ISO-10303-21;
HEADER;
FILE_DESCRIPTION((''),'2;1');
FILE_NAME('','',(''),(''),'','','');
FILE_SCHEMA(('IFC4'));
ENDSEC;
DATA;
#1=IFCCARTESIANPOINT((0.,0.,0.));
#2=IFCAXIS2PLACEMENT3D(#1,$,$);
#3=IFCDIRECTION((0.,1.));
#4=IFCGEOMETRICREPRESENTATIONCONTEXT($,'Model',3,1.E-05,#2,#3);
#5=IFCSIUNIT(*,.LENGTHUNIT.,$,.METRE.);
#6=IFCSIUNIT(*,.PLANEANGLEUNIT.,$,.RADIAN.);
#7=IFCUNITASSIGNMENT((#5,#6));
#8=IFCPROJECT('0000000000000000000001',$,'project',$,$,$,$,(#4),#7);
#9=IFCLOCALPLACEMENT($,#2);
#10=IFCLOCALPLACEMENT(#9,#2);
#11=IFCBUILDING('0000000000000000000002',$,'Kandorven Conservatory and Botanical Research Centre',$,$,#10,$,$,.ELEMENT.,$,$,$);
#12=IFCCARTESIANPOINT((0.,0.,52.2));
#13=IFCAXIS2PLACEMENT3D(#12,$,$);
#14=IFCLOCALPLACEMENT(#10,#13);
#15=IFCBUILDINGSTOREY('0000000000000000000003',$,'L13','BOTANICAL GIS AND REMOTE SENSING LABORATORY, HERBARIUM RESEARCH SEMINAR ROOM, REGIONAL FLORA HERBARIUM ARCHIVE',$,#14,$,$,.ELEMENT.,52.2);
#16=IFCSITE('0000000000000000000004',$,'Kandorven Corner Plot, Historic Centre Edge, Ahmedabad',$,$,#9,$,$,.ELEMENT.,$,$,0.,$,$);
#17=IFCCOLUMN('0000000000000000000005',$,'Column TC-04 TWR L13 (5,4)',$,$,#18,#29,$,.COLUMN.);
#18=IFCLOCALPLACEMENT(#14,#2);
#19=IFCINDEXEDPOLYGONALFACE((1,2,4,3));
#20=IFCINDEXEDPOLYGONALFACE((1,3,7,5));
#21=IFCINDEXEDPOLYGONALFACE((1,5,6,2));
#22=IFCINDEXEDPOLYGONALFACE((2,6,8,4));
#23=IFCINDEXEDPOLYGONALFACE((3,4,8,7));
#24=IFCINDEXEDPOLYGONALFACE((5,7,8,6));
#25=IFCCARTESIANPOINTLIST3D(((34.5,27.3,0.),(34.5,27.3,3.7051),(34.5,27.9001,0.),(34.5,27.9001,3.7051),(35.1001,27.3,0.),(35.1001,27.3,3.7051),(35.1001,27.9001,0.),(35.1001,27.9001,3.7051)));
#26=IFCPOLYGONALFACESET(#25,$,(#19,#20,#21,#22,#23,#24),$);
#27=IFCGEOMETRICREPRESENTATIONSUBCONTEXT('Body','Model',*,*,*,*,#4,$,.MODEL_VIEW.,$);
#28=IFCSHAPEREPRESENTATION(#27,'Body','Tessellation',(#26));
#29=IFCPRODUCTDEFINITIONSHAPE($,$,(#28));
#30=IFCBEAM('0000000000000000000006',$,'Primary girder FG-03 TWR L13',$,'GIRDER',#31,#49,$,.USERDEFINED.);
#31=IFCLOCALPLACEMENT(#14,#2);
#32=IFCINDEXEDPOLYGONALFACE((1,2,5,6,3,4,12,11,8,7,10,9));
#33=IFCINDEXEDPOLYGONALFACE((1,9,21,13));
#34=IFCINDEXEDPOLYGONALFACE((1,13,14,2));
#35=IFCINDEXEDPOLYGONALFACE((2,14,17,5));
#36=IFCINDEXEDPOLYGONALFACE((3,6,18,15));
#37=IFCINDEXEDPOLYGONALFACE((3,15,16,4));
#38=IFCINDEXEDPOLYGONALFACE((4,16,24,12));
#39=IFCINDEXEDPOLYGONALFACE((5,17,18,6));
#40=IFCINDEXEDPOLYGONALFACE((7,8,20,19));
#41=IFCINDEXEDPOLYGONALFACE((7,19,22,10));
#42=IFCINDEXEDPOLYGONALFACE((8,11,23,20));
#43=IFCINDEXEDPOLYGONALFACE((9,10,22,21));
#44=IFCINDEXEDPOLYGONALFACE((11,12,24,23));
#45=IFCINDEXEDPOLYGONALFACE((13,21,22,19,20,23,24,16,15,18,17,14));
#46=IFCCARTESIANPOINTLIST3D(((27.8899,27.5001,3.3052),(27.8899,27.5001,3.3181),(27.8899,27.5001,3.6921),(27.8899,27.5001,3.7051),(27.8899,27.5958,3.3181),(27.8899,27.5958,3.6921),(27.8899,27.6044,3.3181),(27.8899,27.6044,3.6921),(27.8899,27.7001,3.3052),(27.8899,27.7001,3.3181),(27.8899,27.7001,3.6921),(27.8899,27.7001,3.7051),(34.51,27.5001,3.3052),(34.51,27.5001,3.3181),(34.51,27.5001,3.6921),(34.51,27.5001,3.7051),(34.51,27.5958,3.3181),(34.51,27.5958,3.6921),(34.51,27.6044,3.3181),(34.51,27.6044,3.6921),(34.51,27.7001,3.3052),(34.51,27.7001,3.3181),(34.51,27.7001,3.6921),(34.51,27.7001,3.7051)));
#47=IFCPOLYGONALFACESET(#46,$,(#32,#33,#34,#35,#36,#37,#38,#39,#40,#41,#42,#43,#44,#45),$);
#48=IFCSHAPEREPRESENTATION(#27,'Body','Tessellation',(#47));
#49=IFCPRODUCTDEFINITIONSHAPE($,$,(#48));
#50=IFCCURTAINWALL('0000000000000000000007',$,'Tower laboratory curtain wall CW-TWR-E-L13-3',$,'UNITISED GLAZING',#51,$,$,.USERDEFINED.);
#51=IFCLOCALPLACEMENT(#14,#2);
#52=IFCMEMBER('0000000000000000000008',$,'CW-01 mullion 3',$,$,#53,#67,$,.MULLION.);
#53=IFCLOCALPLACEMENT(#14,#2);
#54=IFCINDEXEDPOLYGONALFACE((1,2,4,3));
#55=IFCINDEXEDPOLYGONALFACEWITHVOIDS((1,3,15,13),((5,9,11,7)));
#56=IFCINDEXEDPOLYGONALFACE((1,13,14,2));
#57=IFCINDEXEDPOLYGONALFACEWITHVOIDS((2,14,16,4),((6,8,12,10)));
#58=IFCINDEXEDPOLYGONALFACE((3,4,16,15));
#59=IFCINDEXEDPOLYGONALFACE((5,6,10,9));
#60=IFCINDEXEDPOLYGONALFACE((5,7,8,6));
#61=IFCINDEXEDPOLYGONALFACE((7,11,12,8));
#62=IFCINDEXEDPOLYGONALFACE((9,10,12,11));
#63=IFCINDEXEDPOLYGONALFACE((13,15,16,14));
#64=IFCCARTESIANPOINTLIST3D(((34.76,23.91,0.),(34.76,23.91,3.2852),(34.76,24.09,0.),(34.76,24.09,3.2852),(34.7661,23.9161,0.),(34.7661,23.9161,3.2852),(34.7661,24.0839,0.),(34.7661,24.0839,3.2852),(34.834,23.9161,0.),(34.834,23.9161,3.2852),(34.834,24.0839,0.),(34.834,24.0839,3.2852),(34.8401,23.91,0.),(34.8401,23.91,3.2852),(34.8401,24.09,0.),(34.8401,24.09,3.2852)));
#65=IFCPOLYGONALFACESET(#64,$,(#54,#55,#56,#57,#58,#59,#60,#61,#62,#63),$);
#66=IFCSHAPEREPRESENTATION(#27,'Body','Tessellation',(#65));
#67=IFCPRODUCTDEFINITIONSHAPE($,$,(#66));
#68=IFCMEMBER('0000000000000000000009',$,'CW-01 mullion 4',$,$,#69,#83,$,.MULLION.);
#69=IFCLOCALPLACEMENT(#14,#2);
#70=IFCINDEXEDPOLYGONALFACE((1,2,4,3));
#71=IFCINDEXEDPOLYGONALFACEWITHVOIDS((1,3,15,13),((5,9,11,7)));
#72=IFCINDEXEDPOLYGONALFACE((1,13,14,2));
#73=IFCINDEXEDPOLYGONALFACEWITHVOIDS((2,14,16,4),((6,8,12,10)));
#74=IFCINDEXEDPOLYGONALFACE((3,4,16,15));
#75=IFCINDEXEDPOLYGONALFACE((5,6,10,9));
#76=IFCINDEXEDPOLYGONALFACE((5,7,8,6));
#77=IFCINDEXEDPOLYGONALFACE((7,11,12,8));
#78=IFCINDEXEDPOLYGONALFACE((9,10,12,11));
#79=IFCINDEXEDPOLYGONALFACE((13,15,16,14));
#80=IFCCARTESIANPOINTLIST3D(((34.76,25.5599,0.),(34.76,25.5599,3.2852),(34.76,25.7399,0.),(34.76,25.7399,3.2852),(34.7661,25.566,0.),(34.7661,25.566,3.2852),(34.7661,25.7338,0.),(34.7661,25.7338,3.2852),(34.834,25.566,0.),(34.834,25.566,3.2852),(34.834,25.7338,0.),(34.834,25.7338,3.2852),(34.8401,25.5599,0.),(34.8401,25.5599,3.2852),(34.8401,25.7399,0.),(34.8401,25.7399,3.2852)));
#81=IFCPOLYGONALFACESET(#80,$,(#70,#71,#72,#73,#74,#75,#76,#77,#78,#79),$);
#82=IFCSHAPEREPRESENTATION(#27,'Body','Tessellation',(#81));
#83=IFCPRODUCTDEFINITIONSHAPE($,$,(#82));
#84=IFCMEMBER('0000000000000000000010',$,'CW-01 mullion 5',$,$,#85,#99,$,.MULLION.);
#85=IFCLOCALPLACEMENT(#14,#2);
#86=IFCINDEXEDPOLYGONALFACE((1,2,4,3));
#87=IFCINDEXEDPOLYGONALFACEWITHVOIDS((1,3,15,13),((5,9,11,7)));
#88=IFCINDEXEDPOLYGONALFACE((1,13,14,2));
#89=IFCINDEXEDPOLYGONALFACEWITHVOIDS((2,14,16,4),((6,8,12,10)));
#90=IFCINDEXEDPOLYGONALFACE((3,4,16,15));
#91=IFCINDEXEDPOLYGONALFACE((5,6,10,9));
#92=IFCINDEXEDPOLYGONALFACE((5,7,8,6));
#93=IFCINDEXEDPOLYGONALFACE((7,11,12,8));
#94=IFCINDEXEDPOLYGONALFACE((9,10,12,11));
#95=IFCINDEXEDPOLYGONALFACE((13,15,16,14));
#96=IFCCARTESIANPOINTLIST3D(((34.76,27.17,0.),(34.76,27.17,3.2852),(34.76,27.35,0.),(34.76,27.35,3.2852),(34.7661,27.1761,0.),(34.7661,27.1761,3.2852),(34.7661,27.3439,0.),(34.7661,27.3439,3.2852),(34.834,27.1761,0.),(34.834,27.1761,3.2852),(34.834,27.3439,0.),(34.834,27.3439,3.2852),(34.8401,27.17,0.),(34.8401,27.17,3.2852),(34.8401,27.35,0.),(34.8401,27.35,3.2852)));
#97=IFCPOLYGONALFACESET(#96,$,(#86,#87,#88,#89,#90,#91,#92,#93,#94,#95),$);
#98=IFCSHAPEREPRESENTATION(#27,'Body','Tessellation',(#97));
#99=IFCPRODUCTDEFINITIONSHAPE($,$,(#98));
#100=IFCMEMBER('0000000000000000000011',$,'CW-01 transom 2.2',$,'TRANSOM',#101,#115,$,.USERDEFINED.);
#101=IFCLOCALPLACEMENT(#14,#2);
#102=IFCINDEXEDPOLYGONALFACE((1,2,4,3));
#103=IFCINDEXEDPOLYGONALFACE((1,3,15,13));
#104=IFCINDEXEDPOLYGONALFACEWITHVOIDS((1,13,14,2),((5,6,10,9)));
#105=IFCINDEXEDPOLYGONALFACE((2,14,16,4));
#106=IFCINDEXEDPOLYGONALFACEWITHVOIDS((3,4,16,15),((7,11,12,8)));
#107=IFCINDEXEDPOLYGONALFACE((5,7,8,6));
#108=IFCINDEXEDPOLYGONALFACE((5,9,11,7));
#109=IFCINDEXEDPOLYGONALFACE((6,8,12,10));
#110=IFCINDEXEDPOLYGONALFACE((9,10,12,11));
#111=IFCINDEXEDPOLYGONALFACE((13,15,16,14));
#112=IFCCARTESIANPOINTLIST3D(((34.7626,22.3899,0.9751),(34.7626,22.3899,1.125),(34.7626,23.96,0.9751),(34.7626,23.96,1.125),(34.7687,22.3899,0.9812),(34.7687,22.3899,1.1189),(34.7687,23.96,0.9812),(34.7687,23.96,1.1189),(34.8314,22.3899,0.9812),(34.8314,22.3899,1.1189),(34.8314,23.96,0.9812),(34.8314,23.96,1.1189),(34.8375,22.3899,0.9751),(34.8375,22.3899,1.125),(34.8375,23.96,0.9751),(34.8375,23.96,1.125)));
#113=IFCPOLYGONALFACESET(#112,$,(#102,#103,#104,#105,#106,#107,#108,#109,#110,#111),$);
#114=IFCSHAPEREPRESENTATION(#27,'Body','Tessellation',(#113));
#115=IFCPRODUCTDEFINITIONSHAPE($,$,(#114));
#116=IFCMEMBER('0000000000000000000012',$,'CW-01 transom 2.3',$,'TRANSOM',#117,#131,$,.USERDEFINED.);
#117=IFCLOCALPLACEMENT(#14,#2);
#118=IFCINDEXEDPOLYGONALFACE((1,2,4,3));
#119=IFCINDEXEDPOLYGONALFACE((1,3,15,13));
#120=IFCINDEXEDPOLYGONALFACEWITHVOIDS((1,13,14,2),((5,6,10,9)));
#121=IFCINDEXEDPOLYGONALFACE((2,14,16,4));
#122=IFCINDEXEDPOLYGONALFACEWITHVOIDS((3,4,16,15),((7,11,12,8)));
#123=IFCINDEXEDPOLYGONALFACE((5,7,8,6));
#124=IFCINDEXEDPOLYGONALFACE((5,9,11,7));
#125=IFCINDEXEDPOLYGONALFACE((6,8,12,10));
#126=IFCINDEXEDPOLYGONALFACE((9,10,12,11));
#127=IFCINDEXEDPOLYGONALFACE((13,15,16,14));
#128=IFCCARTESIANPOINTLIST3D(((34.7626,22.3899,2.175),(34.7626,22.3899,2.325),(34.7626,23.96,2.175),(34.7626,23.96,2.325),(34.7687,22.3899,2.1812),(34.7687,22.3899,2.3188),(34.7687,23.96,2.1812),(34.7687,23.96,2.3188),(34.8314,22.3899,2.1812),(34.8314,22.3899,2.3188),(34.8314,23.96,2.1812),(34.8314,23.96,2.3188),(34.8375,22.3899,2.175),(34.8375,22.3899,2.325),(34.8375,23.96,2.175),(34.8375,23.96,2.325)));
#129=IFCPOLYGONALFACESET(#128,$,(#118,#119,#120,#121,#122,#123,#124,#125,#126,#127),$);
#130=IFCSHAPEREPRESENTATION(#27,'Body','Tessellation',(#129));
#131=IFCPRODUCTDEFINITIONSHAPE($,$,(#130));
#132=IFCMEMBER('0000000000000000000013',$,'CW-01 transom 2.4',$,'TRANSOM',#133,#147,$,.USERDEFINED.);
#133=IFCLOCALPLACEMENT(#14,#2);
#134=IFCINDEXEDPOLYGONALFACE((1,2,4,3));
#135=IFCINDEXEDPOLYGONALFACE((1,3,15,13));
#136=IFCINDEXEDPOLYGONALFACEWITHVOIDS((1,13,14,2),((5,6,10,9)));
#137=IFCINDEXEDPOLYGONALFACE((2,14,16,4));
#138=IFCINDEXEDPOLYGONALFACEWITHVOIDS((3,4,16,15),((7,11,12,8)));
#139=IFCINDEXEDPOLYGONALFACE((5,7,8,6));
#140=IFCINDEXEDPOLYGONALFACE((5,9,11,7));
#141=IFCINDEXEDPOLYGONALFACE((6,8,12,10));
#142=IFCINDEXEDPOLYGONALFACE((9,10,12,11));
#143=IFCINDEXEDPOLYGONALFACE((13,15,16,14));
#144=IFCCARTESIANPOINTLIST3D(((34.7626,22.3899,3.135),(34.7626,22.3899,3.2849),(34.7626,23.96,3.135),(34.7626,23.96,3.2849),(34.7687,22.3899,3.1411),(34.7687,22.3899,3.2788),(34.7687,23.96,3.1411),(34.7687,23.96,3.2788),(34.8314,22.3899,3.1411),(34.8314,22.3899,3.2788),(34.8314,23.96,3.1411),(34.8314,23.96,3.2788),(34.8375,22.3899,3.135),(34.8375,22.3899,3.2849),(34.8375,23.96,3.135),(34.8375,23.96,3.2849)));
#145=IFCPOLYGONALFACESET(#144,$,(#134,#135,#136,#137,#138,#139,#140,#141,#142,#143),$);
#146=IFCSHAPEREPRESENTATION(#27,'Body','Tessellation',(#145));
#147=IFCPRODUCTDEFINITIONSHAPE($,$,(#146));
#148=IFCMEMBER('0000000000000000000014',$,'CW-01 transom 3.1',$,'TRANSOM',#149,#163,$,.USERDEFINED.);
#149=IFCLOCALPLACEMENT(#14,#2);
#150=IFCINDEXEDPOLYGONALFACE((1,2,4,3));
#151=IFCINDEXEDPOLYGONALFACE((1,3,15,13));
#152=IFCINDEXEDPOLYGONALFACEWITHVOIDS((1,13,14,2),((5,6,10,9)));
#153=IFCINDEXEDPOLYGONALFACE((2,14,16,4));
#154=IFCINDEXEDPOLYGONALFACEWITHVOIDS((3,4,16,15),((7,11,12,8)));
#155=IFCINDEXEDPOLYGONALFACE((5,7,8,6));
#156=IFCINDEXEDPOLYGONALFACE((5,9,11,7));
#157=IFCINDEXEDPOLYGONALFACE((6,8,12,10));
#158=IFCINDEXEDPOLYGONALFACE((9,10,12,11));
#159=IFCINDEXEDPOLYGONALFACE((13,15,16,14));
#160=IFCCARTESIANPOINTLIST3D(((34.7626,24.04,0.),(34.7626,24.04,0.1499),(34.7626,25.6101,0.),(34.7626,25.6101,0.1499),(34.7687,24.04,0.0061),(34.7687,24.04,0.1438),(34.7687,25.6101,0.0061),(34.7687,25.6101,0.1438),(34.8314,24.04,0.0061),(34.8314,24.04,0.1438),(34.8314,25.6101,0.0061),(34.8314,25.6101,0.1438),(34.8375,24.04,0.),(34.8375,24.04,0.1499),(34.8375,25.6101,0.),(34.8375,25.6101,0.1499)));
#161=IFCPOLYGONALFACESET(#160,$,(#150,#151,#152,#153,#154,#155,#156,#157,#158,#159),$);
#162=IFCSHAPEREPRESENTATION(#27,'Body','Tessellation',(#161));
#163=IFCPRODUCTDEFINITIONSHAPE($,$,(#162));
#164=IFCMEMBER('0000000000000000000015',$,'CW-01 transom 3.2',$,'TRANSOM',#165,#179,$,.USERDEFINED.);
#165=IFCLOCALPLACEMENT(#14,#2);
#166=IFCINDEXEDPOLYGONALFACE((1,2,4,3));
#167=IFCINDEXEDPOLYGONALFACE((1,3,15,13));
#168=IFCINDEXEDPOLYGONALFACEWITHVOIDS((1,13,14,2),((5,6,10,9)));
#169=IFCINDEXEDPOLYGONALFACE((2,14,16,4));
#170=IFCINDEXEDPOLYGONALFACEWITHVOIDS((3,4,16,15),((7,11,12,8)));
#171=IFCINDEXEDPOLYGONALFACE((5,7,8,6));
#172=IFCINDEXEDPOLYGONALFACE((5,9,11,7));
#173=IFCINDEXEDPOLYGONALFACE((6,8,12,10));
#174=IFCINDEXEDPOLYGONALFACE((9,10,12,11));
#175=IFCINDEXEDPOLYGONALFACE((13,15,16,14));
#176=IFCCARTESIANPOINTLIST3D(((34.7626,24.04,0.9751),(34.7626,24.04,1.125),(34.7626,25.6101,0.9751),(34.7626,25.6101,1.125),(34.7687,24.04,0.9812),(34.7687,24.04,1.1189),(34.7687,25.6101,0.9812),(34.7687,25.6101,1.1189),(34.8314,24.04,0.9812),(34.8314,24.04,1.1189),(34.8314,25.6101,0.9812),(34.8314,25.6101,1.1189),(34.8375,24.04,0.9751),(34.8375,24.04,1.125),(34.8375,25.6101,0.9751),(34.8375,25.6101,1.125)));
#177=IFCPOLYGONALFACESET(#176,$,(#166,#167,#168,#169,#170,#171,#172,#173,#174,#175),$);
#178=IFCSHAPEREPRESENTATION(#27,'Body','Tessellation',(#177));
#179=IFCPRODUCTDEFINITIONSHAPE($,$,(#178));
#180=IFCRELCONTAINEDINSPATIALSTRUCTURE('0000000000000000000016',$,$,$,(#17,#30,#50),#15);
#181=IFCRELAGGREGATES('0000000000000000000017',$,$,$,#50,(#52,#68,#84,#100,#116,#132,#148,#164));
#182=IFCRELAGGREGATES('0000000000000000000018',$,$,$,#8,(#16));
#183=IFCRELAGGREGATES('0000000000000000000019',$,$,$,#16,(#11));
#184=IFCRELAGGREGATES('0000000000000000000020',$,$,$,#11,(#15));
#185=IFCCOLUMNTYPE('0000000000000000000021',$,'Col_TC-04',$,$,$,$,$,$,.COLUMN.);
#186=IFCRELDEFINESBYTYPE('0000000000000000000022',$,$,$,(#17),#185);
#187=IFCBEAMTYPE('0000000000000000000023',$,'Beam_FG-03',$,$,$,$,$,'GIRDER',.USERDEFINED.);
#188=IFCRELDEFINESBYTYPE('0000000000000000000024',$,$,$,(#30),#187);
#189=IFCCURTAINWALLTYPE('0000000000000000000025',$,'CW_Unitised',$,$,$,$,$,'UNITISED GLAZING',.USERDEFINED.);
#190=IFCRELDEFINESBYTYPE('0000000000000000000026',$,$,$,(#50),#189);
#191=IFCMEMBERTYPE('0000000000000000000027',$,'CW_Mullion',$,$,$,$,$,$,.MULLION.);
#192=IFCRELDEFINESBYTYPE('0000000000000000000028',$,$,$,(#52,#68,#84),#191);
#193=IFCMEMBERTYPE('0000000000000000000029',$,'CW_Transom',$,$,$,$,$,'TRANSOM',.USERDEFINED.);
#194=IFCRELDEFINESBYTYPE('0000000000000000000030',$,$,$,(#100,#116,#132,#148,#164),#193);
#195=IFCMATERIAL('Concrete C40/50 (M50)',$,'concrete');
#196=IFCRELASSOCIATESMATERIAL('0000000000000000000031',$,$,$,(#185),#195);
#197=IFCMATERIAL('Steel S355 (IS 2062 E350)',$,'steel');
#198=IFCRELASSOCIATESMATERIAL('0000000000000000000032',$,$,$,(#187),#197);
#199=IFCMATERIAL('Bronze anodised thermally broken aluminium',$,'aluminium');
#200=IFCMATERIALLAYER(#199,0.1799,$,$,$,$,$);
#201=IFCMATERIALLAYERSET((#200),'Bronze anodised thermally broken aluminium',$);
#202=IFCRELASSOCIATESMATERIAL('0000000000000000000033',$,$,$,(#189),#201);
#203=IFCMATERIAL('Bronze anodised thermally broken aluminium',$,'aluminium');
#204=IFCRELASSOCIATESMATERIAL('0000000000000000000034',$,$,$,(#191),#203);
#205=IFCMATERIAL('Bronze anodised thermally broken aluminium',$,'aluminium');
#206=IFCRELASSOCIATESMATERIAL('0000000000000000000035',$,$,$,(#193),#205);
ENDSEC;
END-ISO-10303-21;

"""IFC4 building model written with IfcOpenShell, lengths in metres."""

from ifc_helpers import new_model, si_unit, direction, frame, origin, origin_2d, place, context, subcontext, project, spatial, rectangle, hollow_rectangle, i_section, extrude, material, layer, layer_set, material_profile, profile_set, type_object, element, aggregate, save


model = new_model("IFC4")

# Units and contexts
model_context = context("Model", 3, precision=1e-05, world=origin(), true_north=direction((0.0, 1.0)))
body_context = subcontext(model_context, "Body", "Model", "MODEL_VIEW")
ifc_project = project(units=[si_unit("LENGTHUNIT", "METRE"), si_unit("PLANEANGLEUNIT", "RADIAN")], contexts=[model_context])

# Site, building, storey
site_placement = place(None, origin())
site = spatial("IfcSite", under=ifc_project, at=site_placement, Name="Kandorven Corner Plot, Historic Centre Edge, Ahmedabad", CompositionType="ELEMENT", RefElevation=0.0)
building_placement = place(site_placement, origin())
building = spatial("IfcBuilding", under=site, at=building_placement, Name="Kandorven Conservatory and Botanical Research Centre", CompositionType="ELEMENT")
storey_placement = place(building_placement, frame((0.0, 0.0, 52.2)))
storey = spatial("IfcBuildingStorey", under=building, at=storey_placement, Name="L13", Description="BOTANICAL GIS AND REMOTE SENSING LABORATORY, HERBARIUM RESEARCH SEMINAR ROOM, REGIONAL FLORA HERBARIUM ARCHIVE", CompositionType="ELEMENT", Elevation=52.2)

# Column
ifc_material_1 = material(Name="Concrete C40/50 (M50)", Category="concrete")
ifc_material_profile_1 = material_profile(ifc_material_1, rectangle(XDim=0.6001, YDim=0.6001, at=origin_2d()))
ifc_profile_set_1 = profile_set([ifc_material_profile_1], Name="Concrete C40/50 (M50)")
column_type = type_object("IfcColumnType", Name="Col_TC-04", PredefinedType="COLUMN", material=ifc_profile_set_1)
column_placement = place(storey_placement, frame((34.8, 27.6001, 0.0), z_axis=(0.0, 0.0, 1.0), x_axis=(1.0, 0.0, 0.0)))
element("IfcColumn", 1, at=column_placement, inside=storey, type_object=column_type, Name="Column TC-04 TWR L13 (5,4)", PredefinedType="COLUMN", context=body_context, shape_type="SweptSolid", body=[
    extrude(rectangle(XDim=0.6001, YDim=0.6001, at=origin_2d()), origin(), (0.0, 0.0, 1.0), 3.7051),
])

# Beam
ifc_material_2 = material(Name="Steel S355 (IS 2062 E350)", Category="steel")
ifc_material_profile_2 = material_profile(ifc_material_2, i_section(OverallWidth=0.2, OverallDepth=0.3999, WebThickness=0.0085, FlangeThickness=0.0129, at=origin_2d()))
ifc_profile_set_2 = profile_set([ifc_material_profile_2], Name="Steel S355 (IS 2062 E350)")
beam_type = type_object("IfcBeamType", Name="Beam_FG-03", ElementType="GIRDER", PredefinedType="USERDEFINED", material=ifc_profile_set_2)
beam_placement = place(storey_placement, frame((27.8899, 27.6001, 3.5051), z_axis=(1.0, 0.0, 0.0), x_axis=(0.0, 1.0, 0.0)))
element("IfcBeam", 2, at=beam_placement, inside=storey, type_object=beam_type, Name="Primary girder FG-03 TWR L13", ObjectType="GIRDER", PredefinedType="USERDEFINED", context=body_context, shape_type="SweptSolid", body=[
    extrude(i_section(OverallWidth=0.2, OverallDepth=0.3999, WebThickness=0.0085, FlangeThickness=0.0129, at=origin_2d()), origin(), (0.0, 0.0, 1.0), 6.6201),
])

# Curtain wall, members
ifc_material_3 = material(Name="Bronze anodised thermally broken aluminium", Category="aluminium")
ifc_layer_1 = layer(ifc_material_3, 0.1799)
ifc_layer_set_1 = layer_set([ifc_layer_1], Name="Bronze anodised thermally broken aluminium")
curtain_wall_type = type_object("IfcCurtainWallType", Name="CW_Unitised", ElementType="UNITISED GLAZING", PredefinedType="USERDEFINED", material=ifc_layer_set_1)
curtain_wall_placement = place(storey_placement, origin())
curtain_wall = element("IfcCurtainWall", 3, at=curtain_wall_placement, inside=storey, type_object=curtain_wall_type, Name="Tower laboratory curtain wall CW-TWR-E-L13-3", ObjectType="UNITISED GLAZING", PredefinedType="USERDEFINED")
ifc_material_4 = material(Name="Bronze anodised thermally broken aluminium", Category="aluminium")
ifc_material_profile_3 = material_profile(ifc_material_4, hollow_rectangle(XDim=0.0801, YDim=0.1799, WallThickness=0.0061, at=origin_2d()))
ifc_profile_set_3 = profile_set([ifc_material_profile_3], Name="Bronze anodised thermally broken aluminium")
member_type_1 = type_object("IfcMemberType", Name="CW_Mullion", PredefinedType="MULLION", material=ifc_profile_set_3)
member_1_placement = place(storey_placement, frame((34.8, 24.0, 0.0), z_axis=(0.0, 0.0, 1.0), x_axis=(-1.0, 0.0, 0.0)))
member_1 = element("IfcMember", 4, at=member_1_placement, type_object=member_type_1, Name="CW-01 mullion 3", PredefinedType="MULLION", context=body_context, shape_type="SweptSolid", body=[
    extrude(hollow_rectangle(XDim=0.0801, YDim=0.1799, WallThickness=0.0061, at=origin_2d()), origin(), (0.0, 0.0, 1.0), 3.2852),
])
member_2_placement = place(storey_placement, frame((34.8, 25.6499, 0.0), z_axis=(0.0, 0.0, 1.0), x_axis=(-1.0, 0.0, 0.0)))
member_2 = element("IfcMember", 5, at=member_2_placement, type_object=member_type_1, Name="CW-01 mullion 4", PredefinedType="MULLION", context=body_context, shape_type="SweptSolid", body=[
    extrude(hollow_rectangle(XDim=0.0801, YDim=0.1799, WallThickness=0.0061, at=origin_2d()), origin(), (0.0, 0.0, 1.0), 3.2852),
])
member_3_placement = place(storey_placement, frame((34.8, 27.26, 0.0), z_axis=(0.0, 0.0, 1.0), x_axis=(-1.0, 0.0, 0.0)))
member_3 = element("IfcMember", 6, at=member_3_placement, type_object=member_type_1, Name="CW-01 mullion 5", PredefinedType="MULLION", context=body_context, shape_type="SweptSolid", body=[
    extrude(hollow_rectangle(XDim=0.0801, YDim=0.1799, WallThickness=0.0061, at=origin_2d()), origin(), (0.0, 0.0, 1.0), 3.2852),
])
ifc_material_5 = material(Name="Bronze anodised thermally broken aluminium", Category="aluminium")
ifc_material_profile_4 = material_profile(ifc_material_5, hollow_rectangle(XDim=0.075, YDim=0.1499, WallThickness=0.0061, at=origin_2d()))
ifc_profile_set_4 = profile_set([ifc_material_profile_4], Name="Bronze anodised thermally broken aluminium")
member_type_2 = type_object("IfcMemberType", Name="CW_Transom", ElementType="TRANSOM", PredefinedType="USERDEFINED", material=ifc_profile_set_4)
member_4_placement = place(storey_placement, frame((34.8, 22.3899, 1.05), z_axis=(0.0, 1.0, 0.0), x_axis=(-1.0, 0.0, 0.0)))
member_4 = element("IfcMember", 7, at=member_4_placement, type_object=member_type_2, Name="CW-01 transom 2.2", ObjectType="TRANSOM", PredefinedType="USERDEFINED", context=body_context, shape_type="SweptSolid", body=[
    extrude(hollow_rectangle(XDim=0.075, YDim=0.1499, WallThickness=0.0061, at=origin_2d()), origin(), (0.0, 0.0, 1.0), 1.5701),
])
member_5_placement = place(storey_placement, frame((34.8, 22.3899, 2.25), z_axis=(0.0, 1.0, 0.0), x_axis=(-1.0, 0.0, 0.0)))
member_5 = element("IfcMember", 8, at=member_5_placement, type_object=member_type_2, Name="CW-01 transom 2.3", ObjectType="TRANSOM", PredefinedType="USERDEFINED", context=body_context, shape_type="SweptSolid", body=[
    extrude(hollow_rectangle(XDim=0.075, YDim=0.1499, WallThickness=0.0061, at=origin_2d()), origin(), (0.0, 0.0, 1.0), 1.5701),
])
member_6_placement = place(storey_placement, frame((34.8, 22.3899, 3.21), z_axis=(0.0, 1.0, 0.0), x_axis=(-1.0, 0.0, 0.0)))
member_6 = element("IfcMember", 9, at=member_6_placement, type_object=member_type_2, Name="CW-01 transom 2.4", ObjectType="TRANSOM", PredefinedType="USERDEFINED", context=body_context, shape_type="SweptSolid", body=[
    extrude(hollow_rectangle(XDim=0.075, YDim=0.1499, WallThickness=0.0061, at=origin_2d()), origin(), (0.0, 0.0, 1.0), 1.5701),
])
member_7_placement = place(storey_placement, frame((34.8, 24.04, 0.075), z_axis=(0.0, 1.0, 0.0), x_axis=(-1.0, 0.0, 0.0)))
member_7 = element("IfcMember", 10, at=member_7_placement, type_object=member_type_2, Name="CW-01 transom 3.1", ObjectType="TRANSOM", PredefinedType="USERDEFINED", context=body_context, shape_type="SweptSolid", body=[
    extrude(hollow_rectangle(XDim=0.075, YDim=0.1499, WallThickness=0.0061, at=origin_2d()), origin(), (0.0, 0.0, 1.0), 1.5701),
])
member_8_placement = place(storey_placement, frame((34.8, 24.04, 1.05), z_axis=(0.0, 1.0, 0.0), x_axis=(-1.0, 0.0, 0.0)))
member_8 = element("IfcMember", 11, at=member_8_placement, type_object=member_type_2, Name="CW-01 transom 3.2", ObjectType="TRANSOM", PredefinedType="USERDEFINED", context=body_context, shape_type="SweptSolid", body=[
    extrude(hollow_rectangle(XDim=0.075, YDim=0.1499, WallThickness=0.0061, at=origin_2d()), origin(), (0.0, 0.0, 1.0), 1.5701),
])
aggregate(curtain_wall, [member_1, member_2, member_3, member_4, member_5, member_6, member_7, member_8])

save(model, "model.ifc")
